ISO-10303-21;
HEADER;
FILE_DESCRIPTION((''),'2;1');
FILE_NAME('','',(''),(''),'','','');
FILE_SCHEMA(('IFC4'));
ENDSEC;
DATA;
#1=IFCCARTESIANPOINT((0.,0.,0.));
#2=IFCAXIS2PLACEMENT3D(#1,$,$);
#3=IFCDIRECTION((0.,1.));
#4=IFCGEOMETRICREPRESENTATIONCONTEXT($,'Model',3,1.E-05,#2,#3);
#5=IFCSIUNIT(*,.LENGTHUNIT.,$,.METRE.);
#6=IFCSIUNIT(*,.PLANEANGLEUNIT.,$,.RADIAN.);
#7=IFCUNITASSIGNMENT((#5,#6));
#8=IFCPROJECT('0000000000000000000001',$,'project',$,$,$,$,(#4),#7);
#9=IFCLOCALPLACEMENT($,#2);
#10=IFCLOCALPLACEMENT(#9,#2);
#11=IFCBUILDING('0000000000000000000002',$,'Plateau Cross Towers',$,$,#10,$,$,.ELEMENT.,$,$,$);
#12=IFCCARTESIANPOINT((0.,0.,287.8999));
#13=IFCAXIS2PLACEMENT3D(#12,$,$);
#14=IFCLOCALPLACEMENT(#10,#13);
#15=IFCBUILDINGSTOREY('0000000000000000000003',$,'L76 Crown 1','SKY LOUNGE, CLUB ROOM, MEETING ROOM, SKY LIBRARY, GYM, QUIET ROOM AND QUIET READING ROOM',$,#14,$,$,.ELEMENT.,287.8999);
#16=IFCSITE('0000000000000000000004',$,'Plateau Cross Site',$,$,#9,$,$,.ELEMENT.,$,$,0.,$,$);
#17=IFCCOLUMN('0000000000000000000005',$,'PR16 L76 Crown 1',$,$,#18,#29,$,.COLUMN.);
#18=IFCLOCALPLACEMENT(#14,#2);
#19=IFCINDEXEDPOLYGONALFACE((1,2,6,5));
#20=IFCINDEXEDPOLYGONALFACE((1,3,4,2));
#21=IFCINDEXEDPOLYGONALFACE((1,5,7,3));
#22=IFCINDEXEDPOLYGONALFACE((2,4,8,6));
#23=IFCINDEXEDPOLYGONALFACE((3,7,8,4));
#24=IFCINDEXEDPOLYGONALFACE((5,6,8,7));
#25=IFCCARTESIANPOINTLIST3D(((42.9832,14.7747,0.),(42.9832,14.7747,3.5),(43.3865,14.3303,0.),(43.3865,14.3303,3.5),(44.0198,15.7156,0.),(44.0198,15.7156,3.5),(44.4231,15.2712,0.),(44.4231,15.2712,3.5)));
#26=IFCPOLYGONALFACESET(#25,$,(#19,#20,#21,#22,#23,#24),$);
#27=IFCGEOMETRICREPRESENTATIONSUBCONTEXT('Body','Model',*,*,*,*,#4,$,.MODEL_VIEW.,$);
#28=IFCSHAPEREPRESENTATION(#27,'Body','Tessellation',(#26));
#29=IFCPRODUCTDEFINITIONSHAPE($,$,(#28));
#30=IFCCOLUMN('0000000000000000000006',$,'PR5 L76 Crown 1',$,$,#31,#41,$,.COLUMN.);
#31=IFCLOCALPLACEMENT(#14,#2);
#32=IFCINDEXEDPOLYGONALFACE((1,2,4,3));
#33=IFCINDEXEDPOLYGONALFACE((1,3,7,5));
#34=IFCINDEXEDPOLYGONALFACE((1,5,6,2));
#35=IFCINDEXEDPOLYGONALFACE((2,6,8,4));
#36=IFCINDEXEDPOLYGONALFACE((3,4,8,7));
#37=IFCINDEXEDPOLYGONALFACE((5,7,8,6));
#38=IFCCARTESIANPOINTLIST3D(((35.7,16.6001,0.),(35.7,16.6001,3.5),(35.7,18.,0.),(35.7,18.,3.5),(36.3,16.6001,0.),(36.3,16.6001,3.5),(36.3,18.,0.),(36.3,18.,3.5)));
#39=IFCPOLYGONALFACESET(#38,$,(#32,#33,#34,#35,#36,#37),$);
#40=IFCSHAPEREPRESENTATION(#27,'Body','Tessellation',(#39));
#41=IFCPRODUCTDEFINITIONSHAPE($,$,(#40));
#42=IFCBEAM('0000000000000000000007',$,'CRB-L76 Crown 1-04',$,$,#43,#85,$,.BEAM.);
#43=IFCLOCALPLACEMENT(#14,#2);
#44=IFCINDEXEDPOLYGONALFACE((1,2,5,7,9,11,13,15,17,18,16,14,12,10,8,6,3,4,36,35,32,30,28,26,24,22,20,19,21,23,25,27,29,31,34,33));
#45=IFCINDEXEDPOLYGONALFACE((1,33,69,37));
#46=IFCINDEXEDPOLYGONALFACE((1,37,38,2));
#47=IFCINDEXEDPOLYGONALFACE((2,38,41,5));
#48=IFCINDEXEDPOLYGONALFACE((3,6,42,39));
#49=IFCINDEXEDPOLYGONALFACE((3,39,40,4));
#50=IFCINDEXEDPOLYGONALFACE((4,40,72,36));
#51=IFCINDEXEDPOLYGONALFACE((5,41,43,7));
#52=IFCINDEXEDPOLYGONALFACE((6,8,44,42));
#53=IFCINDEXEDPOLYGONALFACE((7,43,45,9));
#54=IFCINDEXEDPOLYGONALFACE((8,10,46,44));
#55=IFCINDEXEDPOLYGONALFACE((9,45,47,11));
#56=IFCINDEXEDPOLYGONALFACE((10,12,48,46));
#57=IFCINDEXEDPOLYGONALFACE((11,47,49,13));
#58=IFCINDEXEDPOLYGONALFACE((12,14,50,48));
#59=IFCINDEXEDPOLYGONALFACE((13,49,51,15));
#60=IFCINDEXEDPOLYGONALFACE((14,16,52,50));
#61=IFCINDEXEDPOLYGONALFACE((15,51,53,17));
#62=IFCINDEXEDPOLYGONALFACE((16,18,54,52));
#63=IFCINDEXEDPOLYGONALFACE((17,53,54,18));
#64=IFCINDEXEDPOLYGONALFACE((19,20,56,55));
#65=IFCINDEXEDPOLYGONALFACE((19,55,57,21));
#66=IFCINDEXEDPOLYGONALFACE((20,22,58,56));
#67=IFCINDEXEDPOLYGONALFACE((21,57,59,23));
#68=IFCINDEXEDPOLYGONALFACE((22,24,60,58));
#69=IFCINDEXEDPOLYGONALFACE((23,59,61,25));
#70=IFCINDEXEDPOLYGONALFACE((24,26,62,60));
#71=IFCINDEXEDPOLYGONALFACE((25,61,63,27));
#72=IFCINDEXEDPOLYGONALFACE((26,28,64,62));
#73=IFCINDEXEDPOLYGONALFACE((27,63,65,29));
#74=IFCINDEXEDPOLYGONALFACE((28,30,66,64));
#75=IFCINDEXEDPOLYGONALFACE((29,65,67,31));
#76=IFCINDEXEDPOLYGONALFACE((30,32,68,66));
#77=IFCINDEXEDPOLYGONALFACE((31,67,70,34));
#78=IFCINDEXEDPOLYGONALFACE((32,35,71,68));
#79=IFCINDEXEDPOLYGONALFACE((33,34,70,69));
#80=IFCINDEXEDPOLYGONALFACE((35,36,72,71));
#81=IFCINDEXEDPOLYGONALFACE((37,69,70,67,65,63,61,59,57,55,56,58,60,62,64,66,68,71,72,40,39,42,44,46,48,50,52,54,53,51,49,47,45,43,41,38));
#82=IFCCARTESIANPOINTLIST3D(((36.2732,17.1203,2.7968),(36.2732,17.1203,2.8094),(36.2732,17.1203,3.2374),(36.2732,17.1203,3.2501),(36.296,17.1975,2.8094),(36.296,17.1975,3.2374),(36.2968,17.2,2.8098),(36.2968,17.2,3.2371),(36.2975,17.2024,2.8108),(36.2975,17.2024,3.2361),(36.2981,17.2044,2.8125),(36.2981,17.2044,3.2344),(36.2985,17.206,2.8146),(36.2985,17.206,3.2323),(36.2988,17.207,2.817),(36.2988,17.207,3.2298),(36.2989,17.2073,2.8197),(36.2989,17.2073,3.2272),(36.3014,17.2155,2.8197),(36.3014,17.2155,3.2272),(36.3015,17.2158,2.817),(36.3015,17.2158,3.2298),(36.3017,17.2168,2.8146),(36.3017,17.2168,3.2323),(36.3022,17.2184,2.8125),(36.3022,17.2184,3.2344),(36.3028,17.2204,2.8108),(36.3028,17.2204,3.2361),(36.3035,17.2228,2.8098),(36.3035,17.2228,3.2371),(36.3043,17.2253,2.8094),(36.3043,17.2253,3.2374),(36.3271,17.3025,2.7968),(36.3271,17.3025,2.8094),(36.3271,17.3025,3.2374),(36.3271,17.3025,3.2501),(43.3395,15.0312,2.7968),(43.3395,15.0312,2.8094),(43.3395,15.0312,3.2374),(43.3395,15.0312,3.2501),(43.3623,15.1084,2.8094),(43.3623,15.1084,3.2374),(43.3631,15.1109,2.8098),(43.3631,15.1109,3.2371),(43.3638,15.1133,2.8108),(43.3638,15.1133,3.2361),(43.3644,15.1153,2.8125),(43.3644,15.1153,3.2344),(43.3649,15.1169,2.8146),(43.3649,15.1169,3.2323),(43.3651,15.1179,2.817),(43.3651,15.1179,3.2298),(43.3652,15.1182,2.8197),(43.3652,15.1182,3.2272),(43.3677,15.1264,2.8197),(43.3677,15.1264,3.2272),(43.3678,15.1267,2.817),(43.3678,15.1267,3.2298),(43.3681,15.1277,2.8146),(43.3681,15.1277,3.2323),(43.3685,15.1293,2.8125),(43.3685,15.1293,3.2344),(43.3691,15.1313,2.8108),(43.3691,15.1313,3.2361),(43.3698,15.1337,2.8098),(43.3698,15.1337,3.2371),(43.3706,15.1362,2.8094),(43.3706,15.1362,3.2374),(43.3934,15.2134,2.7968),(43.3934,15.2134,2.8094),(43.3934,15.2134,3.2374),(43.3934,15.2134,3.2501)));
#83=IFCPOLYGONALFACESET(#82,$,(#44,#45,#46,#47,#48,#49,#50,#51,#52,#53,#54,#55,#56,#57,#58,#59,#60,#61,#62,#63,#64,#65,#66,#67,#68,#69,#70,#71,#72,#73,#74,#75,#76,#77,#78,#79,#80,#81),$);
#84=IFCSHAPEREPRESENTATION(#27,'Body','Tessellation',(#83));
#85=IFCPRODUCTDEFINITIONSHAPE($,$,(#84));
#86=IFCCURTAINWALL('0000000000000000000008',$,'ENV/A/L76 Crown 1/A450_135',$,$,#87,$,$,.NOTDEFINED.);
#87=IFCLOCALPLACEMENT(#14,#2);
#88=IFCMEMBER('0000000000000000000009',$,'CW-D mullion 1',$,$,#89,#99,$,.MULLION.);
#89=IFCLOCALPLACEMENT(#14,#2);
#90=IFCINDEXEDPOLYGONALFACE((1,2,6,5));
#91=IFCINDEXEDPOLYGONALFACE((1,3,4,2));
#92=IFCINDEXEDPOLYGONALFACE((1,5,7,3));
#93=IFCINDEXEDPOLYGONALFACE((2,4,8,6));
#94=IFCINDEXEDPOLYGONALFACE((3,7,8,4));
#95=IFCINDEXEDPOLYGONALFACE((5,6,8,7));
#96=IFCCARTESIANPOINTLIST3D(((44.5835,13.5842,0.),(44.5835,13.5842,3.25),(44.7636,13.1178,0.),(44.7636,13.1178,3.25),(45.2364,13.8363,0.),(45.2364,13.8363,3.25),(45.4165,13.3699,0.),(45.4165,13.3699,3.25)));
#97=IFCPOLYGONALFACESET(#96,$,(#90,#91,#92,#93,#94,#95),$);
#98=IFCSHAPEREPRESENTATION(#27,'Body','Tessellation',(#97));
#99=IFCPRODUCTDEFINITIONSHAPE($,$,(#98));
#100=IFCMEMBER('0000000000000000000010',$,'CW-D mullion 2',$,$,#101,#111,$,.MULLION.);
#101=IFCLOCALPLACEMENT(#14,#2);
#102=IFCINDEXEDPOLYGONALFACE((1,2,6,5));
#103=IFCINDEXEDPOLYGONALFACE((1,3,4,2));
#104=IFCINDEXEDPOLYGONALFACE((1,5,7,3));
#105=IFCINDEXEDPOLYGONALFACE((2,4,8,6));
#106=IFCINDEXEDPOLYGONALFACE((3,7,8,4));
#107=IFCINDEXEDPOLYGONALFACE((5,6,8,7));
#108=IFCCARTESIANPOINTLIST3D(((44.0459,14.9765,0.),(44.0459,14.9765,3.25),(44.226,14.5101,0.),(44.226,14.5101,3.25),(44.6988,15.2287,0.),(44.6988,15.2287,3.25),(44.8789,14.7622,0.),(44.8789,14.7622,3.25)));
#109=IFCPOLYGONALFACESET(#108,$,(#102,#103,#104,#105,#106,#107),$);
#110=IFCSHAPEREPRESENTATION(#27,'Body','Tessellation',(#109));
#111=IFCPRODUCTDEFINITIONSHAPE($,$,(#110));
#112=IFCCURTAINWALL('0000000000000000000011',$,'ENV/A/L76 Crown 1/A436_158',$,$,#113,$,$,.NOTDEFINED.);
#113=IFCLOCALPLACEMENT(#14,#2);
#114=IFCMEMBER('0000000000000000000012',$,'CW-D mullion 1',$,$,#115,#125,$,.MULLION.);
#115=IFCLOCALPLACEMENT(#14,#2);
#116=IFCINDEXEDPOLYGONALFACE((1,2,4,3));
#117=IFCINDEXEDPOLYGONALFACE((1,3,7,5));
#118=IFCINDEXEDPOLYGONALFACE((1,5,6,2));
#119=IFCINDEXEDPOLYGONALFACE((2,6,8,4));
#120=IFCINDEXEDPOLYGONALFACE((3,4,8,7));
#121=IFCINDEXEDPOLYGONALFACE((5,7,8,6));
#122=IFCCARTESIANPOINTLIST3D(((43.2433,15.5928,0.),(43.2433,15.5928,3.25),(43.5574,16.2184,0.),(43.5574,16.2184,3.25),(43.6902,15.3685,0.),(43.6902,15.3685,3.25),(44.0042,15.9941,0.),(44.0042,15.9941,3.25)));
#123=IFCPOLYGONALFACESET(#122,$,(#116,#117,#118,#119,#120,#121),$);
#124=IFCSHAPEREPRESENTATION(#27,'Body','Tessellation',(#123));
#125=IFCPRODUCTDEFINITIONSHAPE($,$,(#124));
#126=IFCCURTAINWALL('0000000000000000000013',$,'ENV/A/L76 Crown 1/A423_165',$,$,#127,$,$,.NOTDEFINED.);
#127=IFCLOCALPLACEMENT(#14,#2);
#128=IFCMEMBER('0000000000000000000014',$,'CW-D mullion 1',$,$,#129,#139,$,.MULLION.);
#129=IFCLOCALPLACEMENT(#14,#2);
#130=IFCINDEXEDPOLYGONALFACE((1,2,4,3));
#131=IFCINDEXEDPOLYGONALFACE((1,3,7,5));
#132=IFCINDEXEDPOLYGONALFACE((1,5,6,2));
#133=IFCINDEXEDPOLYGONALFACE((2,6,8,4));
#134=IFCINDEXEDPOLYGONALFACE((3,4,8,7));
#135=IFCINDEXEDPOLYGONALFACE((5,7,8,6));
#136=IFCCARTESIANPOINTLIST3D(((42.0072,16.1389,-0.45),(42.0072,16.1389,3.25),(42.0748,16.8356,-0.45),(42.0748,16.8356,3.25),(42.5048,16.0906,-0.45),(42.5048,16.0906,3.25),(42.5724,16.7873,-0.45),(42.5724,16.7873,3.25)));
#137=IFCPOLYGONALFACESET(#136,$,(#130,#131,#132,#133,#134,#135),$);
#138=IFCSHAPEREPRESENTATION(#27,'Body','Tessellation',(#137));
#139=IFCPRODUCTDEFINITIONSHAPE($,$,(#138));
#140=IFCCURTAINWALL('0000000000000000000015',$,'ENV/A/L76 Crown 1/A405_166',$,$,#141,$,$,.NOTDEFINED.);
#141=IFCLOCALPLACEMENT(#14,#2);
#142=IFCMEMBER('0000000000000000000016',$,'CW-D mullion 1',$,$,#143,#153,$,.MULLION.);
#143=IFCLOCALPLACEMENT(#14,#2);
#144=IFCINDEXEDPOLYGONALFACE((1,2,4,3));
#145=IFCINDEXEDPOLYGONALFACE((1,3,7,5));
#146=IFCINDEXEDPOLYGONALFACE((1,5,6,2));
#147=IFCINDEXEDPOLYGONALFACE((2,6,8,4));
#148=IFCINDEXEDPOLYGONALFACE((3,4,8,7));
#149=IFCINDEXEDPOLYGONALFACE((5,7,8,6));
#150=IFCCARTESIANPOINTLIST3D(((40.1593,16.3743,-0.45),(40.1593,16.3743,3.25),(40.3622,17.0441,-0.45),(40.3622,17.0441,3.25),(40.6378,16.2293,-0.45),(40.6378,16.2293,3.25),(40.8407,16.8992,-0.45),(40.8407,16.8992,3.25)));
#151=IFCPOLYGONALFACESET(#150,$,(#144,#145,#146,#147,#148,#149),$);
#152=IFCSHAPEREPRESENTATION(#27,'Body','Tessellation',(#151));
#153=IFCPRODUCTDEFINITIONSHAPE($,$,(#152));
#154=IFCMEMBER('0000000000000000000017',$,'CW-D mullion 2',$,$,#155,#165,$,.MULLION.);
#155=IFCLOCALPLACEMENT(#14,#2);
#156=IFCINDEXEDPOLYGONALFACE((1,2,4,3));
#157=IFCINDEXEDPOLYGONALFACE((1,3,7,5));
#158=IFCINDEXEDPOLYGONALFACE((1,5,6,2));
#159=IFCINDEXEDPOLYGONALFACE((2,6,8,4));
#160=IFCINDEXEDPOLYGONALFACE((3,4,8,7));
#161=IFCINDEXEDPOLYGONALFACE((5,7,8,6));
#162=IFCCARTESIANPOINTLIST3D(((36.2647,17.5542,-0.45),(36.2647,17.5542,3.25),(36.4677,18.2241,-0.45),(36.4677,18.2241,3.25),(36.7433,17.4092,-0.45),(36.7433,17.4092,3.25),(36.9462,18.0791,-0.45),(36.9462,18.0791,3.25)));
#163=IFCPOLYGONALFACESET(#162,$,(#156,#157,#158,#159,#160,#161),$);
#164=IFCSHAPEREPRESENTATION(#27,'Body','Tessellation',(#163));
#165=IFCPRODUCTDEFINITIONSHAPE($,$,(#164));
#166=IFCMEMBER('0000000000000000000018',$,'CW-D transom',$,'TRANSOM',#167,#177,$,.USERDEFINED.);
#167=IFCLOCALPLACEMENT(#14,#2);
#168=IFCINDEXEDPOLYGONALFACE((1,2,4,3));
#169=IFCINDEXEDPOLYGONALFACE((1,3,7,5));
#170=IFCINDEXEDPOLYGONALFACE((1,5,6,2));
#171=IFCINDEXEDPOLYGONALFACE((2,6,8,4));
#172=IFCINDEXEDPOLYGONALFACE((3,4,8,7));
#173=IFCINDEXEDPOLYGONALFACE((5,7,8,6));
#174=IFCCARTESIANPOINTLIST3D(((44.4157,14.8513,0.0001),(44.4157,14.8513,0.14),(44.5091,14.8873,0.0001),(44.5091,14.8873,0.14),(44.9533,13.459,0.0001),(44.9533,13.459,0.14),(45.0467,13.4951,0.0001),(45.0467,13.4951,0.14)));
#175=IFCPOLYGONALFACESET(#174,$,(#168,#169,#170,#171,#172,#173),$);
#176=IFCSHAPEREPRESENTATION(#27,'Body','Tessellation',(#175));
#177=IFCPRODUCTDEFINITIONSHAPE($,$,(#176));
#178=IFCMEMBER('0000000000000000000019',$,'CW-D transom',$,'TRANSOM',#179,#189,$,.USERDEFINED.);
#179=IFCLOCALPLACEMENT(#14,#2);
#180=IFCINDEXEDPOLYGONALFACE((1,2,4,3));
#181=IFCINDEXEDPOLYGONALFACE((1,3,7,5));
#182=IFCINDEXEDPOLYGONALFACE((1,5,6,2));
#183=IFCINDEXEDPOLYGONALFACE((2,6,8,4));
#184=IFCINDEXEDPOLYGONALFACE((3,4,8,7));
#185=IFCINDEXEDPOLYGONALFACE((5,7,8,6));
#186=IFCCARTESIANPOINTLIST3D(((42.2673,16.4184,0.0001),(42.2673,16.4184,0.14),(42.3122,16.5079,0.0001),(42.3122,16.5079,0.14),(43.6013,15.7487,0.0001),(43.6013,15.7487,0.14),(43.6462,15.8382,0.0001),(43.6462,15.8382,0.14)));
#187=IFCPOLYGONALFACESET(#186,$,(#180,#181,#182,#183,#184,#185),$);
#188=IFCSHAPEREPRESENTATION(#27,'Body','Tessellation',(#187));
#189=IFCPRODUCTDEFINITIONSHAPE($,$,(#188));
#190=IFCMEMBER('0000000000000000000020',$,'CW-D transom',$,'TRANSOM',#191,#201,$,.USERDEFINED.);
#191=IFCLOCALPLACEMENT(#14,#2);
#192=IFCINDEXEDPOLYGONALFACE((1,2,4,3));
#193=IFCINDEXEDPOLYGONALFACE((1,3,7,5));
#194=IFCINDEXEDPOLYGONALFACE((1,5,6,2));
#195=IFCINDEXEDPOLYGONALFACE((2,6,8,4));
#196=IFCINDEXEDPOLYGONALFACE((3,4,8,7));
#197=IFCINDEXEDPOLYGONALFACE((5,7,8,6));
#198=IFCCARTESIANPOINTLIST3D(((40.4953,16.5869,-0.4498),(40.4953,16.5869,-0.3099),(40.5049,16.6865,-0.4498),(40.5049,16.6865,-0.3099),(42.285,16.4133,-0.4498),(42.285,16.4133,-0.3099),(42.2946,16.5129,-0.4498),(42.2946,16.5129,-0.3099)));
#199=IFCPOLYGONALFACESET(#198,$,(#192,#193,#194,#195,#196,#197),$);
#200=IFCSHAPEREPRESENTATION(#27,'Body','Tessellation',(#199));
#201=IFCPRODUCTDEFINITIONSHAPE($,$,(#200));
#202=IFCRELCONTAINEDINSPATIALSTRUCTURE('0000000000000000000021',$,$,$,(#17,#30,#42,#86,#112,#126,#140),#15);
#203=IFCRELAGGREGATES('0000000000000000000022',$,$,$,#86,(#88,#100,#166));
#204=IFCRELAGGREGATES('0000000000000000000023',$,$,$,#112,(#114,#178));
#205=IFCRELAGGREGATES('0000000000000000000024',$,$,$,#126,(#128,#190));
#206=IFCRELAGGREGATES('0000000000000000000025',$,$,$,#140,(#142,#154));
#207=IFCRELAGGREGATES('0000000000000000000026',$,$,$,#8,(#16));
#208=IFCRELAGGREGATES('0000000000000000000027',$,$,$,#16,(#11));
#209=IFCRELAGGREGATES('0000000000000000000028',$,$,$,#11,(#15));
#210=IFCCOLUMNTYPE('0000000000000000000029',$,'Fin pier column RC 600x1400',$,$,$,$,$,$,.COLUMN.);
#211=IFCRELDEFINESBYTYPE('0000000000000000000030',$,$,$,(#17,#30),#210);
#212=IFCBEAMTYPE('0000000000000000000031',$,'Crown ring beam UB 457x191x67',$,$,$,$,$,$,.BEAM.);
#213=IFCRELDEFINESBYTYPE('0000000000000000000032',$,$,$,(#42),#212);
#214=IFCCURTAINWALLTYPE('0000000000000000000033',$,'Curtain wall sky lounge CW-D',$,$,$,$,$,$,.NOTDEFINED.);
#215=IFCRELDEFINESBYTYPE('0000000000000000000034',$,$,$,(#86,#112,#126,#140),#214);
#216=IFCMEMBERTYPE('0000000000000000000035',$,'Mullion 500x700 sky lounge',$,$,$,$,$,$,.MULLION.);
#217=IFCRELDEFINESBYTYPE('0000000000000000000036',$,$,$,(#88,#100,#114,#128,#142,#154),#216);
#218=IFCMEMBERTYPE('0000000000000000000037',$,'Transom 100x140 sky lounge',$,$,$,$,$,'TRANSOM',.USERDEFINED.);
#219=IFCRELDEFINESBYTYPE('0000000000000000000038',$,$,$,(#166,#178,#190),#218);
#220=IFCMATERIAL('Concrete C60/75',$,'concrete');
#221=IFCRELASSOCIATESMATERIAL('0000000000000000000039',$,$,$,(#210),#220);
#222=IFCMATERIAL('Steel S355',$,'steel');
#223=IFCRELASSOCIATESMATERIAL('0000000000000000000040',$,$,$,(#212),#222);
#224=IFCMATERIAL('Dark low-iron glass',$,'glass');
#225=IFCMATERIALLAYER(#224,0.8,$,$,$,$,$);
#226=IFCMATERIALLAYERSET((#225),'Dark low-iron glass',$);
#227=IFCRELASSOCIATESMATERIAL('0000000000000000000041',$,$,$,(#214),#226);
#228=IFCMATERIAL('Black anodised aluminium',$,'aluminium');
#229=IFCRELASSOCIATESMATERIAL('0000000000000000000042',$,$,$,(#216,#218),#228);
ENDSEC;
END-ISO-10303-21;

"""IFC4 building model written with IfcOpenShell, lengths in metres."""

from ifc_helpers import new_model, si_unit, direction, frame, origin, origin_2d, place, context, subcontext, project, spatial, rectangle, i_section, extrude, material, layer, layer_set, material_profile, profile_set, type_object, element, aggregate, save


model = new_model("IFC4")

# Units and contexts
model_context = context("Model", 3, precision=1e-05, world=origin(), true_north=direction((0.0, 1.0)))
body_context = subcontext(model_context, "Body", "Model", "MODEL_VIEW")
ifc_project = project(units=[si_unit("LENGTHUNIT", "METRE"), si_unit("PLANEANGLEUNIT", "RADIAN")], contexts=[model_context])

# Site, building, storey
site_placement = place(None, origin())
site = spatial("IfcSite", under=ifc_project, at=site_placement, Name="Plateau Cross Site", CompositionType="ELEMENT", RefElevation=0.0)
building_placement = place(site_placement, origin())
building = spatial("IfcBuilding", under=site, at=building_placement, Name="Plateau Cross Towers", CompositionType="ELEMENT")
storey_placement = place(building_placement, frame((0.0, 0.0, 287.8999)))
storey = spatial("IfcBuildingStorey", under=building, at=storey_placement, Name="L76 Crown 1", Description="SKY LOUNGE, CLUB ROOM, MEETING ROOM, SKY LIBRARY, GYM, QUIET ROOM AND QUIET READING ROOM", CompositionType="ELEMENT", Elevation=287.8999)

# Columns
ifc_material_1 = material(Name="Concrete C60/75", Category="concrete")
ifc_material_profile_1 = material_profile(ifc_material_1, rectangle(XDim=0.6001, YDim=1.3999, at=origin_2d()), Name="RC 600x1400")
ifc_profile_set_1 = profile_set([ifc_material_profile_1], Name="Concrete C60/75")
column_type = type_object("IfcColumnType", Name="Fin pier column RC 600x1400", PredefinedType="COLUMN", material=ifc_profile_set_1)
for number, where, z_axis, x_axis, name in (
    (1, (43.7031, 15.0229, 0.0), (0.0, 0.0, 1.0), (-0.672084, 0.740475, 0.0), "PR16 L76 Crown 1"),
    (2, (36.0, 17.3, 0.0), (0.0, 0.0, 1.0), (1.0, 0.0, 0.0), "PR5 L76 Crown 1"),
):
    element("IfcColumn", number, at=place(storey_placement, frame(where, z_axis=z_axis, x_axis=x_axis)), inside=storey, type_object=column_type, Name=name, PredefinedType="COLUMN", context=body_context, shape_type="SweptSolid", body=[
        extrude(rectangle(XDim=0.6001, YDim=1.3999, at=origin_2d()), origin(), (0.0, 0.0, 1.0), 3.5),
    ])

# Beam
ifc_material_2 = material(Name="Steel S355", Category="steel")
ifc_material_profile_2 = material_profile(ifc_material_2, i_section(OverallWidth=0.1899, OverallDepth=0.4534, WebThickness=0.0085, FlangeThickness=0.0127, FilletRadius=0.0103, at=origin_2d()), Name="UB 457x191x67")
ifc_profile_set_2 = profile_set([ifc_material_profile_2], Name="Steel S355")
beam_type = type_object("IfcBeamType", Name="Crown ring beam UB 457x191x67", PredefinedType="BEAM", material=ifc_profile_set_2)
beam_placement = place(storey_placement, frame((43.3665, 15.1223, 3.0234), z_axis=(-0.958969, 0.28351, 0.0), x_axis=(-0.28351, -0.958969, 0.0)))
element("IfcBeam", 3, at=beam_placement, inside=storey, type_object=beam_type, Name="CRB-L76 Crown 1-04", PredefinedType="BEAM", context=body_context, shape_type="SweptSolid", body=[
    extrude(i_section(OverallWidth=0.1899, OverallDepth=0.4534, WebThickness=0.0085, FlangeThickness=0.0127, FilletRadius=0.0103, at=origin_2d()), origin(), (0.0, 0.0, 1.0), 7.3687),
])

# Curtain wall, members
ifc_material_3 = material(Name="Dark low-iron glass", Category="glass")
ifc_layer_1 = layer(ifc_material_3, 0.8)
ifc_layer_set_1 = layer_set([ifc_layer_1], Name="Dark low-iron glass")
curtain_wall_type = type_object("IfcCurtainWallType", Name="Curtain wall sky lounge CW-D", PredefinedType="NOTDEFINED", material=ifc_layer_set_1)
curtain_wall_1_placement = place(storey_placement, origin())
curtain_wall_1 = element("IfcCurtainWall", 4, at=curtain_wall_1_placement, inside=storey, type_object=curtain_wall_type, Name="ENV/A/L76 Crown 1/A450_135", PredefinedType="NOTDEFINED")
ifc_material_4 = material(Name="Black anodised aluminium", Category="aluminium")
ifc_material_profile_3 = material_profile(ifc_material_4, rectangle(XDim=0.5, YDim=0.7, at=origin_2d()), Name="MULLION 500x700")
ifc_profile_set_3 = profile_set([ifc_material_profile_3], Name="Black anodised aluminium")
member_type_1 = type_object("IfcMemberType", Name="Mullion 500x700 sky lounge", PredefinedType="MULLION", material=ifc_profile_set_3)
member_1_placement = place(storey_placement, frame((45.0, 13.4771, 0.0), z_axis=(0.0, 0.0, 1.0), x_axis=(-0.360226, 0.932865, 0.0)))
member_1 = element("IfcMember", 5, at=member_1_placement, type_object=member_type_1, Name="CW-D mullion 1", PredefinedType="MULLION", context=body_context, shape_type="SweptSolid", body=[
    extrude(rectangle(XDim=0.5, YDim=0.7, at=origin_2d()), origin(), (0.0, 0.0, 1.0), 3.25),
])
member_2_placement = place(storey_placement, frame((44.4624, 14.8694, 0.0), z_axis=(0.0, 0.0, 1.0), x_axis=(-0.360226, 0.932865, 0.0)))
member_2 = element("IfcMember", 6, at=member_2_placement, type_object=member_type_1, Name="CW-D mullion 2", PredefinedType="MULLION", context=body_context, shape_type="SweptSolid", body=[
    extrude(rectangle(XDim=0.5, YDim=0.7, at=origin_2d()), origin(), (0.0, 0.0, 1.0), 3.25),
])

# Curtain walls, members
curtain_wall_2_placement = place(storey_placement, origin())
curtain_wall_2 = element("IfcCurtainWall", 7, at=curtain_wall_2_placement, inside=storey, type_object=curtain_wall_type, Name="ENV/A/L76 Crown 1/A436_158", PredefinedType="NOTDEFINED")
member_3_placement = place(storey_placement, frame((43.6238, 15.7935, 0.0), z_axis=(0.0, 0.0, 1.0), x_axis=(-0.893702, 0.448661, 0.0)))
member_3 = element("IfcMember", 8, at=member_3_placement, type_object=member_type_1, Name="CW-D mullion 1", PredefinedType="MULLION", context=body_context, shape_type="SweptSolid", body=[
    extrude(rectangle(XDim=0.5, YDim=0.7, at=origin_2d()), origin(), (0.0, 0.0, 1.0), 3.25),
])
curtain_wall_3_placement = place(storey_placement, origin())
curtain_wall_3 = element("IfcCurtainWall", 9, at=curtain_wall_3_placement, inside=storey, type_object=curtain_wall_type, Name="ENV/A/L76 Crown 1/A423_165", PredefinedType="NOTDEFINED")
member_4_placement = place(storey_placement, frame((42.2898, 16.4631, -0.45), z_axis=(0.0, 0.0, 1.0), x_axis=(-0.995323, 0.096606, 0.0)))
member_4 = element("IfcMember", 10, at=member_4_placement, type_object=member_type_1, Name="CW-D mullion 1", PredefinedType="MULLION", context=body_context, shape_type="SweptSolid", body=[
    extrude(rectangle(XDim=0.5, YDim=0.7, at=origin_2d()), origin(), (0.0, 0.0, 1.0), 3.7),
])

# Curtain wall, members
curtain_wall_4_placement = place(storey_placement, origin())
curtain_wall_4 = element("IfcCurtainWall", 11, at=curtain_wall_4_placement, inside=storey, type_object=curtain_wall_type, Name="ENV/A/L76 Crown 1/A405_166", PredefinedType="NOTDEFINED")
member_5_placement = place(storey_placement, frame((40.5, 16.6367, -0.45), z_axis=(0.0, 0.0, 1.0), x_axis=(-0.957048, 0.289928, 0.0)))
member_5 = element("IfcMember", 12, at=member_5_placement, type_object=member_type_1, Name="CW-D mullion 1", PredefinedType="MULLION", context=body_context, shape_type="SweptSolid", body=[
    extrude(rectangle(XDim=0.5, YDim=0.7, at=origin_2d()), origin(), (0.0, 0.0, 1.0), 3.7),
])
member_6_placement = place(storey_placement, frame((36.6055, 17.8167, -0.45), z_axis=(0.0, 0.0, 1.0), x_axis=(-0.957048, 0.289928, 0.0)))
member_6 = element("IfcMember", 13, at=member_6_placement, type_object=member_type_1, Name="CW-D mullion 2", PredefinedType="MULLION", context=body_context, shape_type="SweptSolid", body=[
    extrude(rectangle(XDim=0.5, YDim=0.7, at=origin_2d()), origin(), (0.0, 0.0, 1.0), 3.7),
])

# Members
ifc_material_profile_4 = material_profile(ifc_material_4, rectangle(XDim=0.1001, YDim=0.1399, at=origin_2d()), Name="TRANSOM 100x140")
ifc_profile_set_4 = profile_set([ifc_material_profile_4], Name="Black anodised aluminium")
member_type_2 = type_object("IfcMemberType", Name="Transom 100x140 sky lounge", ElementType="TRANSOM", PredefinedType="USERDEFINED", material=ifc_profile_set_4)
member_7_placement = place(storey_placement, frame((45.0, 13.4771, 0.0701), z_axis=(-0.360195, 0.932877, 0.0), x_axis=(-0.932877, -0.360195, 0.0)))
member_7 = element("IfcMember", 14, at=member_7_placement, type_object=member_type_2, Name="CW-D transom", ObjectType="TRANSOM", PredefinedType="USERDEFINED", context=body_context, shape_type="SweptSolid", body=[
    extrude(rectangle(XDim=0.1001, YDim=0.1399, at=origin_2d()), origin(), (0.0, 0.0, 1.0), 1.4924),
])
member_8_placement = place(storey_placement, frame((43.6238, 15.7935, 0.0701), z_axis=(-0.893706, 0.448652, 0.0), x_axis=(-0.448652, -0.893706, 0.0)))
member_8 = element("IfcMember", 15, at=member_8_placement, type_object=member_type_2, Name="CW-D transom", ObjectType="TRANSOM", PredefinedType="USERDEFINED", context=body_context, shape_type="SweptSolid", body=[
    extrude(rectangle(XDim=0.1001, YDim=0.1399, at=origin_2d()), origin(), (0.0, 0.0, 1.0), 1.4927),
])
member_9_placement = place(storey_placement, frame((42.2898, 16.4631, -0.3799), z_axis=(-0.99533, 0.096532, 0.0), x_axis=(-0.096532, -0.99533, 0.0)))
member_9 = element("IfcMember", 16, at=member_9_placement, type_object=member_type_2, Name="CW-D transom", ObjectType="TRANSOM", PredefinedType="USERDEFINED", context=body_context, shape_type="SweptSolid", body=[
    extrude(rectangle(XDim=0.1001, YDim=0.1399, at=origin_2d()), origin(), (0.0, 0.0, 1.0), 1.7981),
])

aggregate(curtain_wall_1, [member_1, member_2, member_7])
aggregate(curtain_wall_2, [member_3, member_8])
aggregate(curtain_wall_3, [member_4, member_9])
aggregate(curtain_wall_4, [member_5, member_6])

save(model, "model.ifc")
